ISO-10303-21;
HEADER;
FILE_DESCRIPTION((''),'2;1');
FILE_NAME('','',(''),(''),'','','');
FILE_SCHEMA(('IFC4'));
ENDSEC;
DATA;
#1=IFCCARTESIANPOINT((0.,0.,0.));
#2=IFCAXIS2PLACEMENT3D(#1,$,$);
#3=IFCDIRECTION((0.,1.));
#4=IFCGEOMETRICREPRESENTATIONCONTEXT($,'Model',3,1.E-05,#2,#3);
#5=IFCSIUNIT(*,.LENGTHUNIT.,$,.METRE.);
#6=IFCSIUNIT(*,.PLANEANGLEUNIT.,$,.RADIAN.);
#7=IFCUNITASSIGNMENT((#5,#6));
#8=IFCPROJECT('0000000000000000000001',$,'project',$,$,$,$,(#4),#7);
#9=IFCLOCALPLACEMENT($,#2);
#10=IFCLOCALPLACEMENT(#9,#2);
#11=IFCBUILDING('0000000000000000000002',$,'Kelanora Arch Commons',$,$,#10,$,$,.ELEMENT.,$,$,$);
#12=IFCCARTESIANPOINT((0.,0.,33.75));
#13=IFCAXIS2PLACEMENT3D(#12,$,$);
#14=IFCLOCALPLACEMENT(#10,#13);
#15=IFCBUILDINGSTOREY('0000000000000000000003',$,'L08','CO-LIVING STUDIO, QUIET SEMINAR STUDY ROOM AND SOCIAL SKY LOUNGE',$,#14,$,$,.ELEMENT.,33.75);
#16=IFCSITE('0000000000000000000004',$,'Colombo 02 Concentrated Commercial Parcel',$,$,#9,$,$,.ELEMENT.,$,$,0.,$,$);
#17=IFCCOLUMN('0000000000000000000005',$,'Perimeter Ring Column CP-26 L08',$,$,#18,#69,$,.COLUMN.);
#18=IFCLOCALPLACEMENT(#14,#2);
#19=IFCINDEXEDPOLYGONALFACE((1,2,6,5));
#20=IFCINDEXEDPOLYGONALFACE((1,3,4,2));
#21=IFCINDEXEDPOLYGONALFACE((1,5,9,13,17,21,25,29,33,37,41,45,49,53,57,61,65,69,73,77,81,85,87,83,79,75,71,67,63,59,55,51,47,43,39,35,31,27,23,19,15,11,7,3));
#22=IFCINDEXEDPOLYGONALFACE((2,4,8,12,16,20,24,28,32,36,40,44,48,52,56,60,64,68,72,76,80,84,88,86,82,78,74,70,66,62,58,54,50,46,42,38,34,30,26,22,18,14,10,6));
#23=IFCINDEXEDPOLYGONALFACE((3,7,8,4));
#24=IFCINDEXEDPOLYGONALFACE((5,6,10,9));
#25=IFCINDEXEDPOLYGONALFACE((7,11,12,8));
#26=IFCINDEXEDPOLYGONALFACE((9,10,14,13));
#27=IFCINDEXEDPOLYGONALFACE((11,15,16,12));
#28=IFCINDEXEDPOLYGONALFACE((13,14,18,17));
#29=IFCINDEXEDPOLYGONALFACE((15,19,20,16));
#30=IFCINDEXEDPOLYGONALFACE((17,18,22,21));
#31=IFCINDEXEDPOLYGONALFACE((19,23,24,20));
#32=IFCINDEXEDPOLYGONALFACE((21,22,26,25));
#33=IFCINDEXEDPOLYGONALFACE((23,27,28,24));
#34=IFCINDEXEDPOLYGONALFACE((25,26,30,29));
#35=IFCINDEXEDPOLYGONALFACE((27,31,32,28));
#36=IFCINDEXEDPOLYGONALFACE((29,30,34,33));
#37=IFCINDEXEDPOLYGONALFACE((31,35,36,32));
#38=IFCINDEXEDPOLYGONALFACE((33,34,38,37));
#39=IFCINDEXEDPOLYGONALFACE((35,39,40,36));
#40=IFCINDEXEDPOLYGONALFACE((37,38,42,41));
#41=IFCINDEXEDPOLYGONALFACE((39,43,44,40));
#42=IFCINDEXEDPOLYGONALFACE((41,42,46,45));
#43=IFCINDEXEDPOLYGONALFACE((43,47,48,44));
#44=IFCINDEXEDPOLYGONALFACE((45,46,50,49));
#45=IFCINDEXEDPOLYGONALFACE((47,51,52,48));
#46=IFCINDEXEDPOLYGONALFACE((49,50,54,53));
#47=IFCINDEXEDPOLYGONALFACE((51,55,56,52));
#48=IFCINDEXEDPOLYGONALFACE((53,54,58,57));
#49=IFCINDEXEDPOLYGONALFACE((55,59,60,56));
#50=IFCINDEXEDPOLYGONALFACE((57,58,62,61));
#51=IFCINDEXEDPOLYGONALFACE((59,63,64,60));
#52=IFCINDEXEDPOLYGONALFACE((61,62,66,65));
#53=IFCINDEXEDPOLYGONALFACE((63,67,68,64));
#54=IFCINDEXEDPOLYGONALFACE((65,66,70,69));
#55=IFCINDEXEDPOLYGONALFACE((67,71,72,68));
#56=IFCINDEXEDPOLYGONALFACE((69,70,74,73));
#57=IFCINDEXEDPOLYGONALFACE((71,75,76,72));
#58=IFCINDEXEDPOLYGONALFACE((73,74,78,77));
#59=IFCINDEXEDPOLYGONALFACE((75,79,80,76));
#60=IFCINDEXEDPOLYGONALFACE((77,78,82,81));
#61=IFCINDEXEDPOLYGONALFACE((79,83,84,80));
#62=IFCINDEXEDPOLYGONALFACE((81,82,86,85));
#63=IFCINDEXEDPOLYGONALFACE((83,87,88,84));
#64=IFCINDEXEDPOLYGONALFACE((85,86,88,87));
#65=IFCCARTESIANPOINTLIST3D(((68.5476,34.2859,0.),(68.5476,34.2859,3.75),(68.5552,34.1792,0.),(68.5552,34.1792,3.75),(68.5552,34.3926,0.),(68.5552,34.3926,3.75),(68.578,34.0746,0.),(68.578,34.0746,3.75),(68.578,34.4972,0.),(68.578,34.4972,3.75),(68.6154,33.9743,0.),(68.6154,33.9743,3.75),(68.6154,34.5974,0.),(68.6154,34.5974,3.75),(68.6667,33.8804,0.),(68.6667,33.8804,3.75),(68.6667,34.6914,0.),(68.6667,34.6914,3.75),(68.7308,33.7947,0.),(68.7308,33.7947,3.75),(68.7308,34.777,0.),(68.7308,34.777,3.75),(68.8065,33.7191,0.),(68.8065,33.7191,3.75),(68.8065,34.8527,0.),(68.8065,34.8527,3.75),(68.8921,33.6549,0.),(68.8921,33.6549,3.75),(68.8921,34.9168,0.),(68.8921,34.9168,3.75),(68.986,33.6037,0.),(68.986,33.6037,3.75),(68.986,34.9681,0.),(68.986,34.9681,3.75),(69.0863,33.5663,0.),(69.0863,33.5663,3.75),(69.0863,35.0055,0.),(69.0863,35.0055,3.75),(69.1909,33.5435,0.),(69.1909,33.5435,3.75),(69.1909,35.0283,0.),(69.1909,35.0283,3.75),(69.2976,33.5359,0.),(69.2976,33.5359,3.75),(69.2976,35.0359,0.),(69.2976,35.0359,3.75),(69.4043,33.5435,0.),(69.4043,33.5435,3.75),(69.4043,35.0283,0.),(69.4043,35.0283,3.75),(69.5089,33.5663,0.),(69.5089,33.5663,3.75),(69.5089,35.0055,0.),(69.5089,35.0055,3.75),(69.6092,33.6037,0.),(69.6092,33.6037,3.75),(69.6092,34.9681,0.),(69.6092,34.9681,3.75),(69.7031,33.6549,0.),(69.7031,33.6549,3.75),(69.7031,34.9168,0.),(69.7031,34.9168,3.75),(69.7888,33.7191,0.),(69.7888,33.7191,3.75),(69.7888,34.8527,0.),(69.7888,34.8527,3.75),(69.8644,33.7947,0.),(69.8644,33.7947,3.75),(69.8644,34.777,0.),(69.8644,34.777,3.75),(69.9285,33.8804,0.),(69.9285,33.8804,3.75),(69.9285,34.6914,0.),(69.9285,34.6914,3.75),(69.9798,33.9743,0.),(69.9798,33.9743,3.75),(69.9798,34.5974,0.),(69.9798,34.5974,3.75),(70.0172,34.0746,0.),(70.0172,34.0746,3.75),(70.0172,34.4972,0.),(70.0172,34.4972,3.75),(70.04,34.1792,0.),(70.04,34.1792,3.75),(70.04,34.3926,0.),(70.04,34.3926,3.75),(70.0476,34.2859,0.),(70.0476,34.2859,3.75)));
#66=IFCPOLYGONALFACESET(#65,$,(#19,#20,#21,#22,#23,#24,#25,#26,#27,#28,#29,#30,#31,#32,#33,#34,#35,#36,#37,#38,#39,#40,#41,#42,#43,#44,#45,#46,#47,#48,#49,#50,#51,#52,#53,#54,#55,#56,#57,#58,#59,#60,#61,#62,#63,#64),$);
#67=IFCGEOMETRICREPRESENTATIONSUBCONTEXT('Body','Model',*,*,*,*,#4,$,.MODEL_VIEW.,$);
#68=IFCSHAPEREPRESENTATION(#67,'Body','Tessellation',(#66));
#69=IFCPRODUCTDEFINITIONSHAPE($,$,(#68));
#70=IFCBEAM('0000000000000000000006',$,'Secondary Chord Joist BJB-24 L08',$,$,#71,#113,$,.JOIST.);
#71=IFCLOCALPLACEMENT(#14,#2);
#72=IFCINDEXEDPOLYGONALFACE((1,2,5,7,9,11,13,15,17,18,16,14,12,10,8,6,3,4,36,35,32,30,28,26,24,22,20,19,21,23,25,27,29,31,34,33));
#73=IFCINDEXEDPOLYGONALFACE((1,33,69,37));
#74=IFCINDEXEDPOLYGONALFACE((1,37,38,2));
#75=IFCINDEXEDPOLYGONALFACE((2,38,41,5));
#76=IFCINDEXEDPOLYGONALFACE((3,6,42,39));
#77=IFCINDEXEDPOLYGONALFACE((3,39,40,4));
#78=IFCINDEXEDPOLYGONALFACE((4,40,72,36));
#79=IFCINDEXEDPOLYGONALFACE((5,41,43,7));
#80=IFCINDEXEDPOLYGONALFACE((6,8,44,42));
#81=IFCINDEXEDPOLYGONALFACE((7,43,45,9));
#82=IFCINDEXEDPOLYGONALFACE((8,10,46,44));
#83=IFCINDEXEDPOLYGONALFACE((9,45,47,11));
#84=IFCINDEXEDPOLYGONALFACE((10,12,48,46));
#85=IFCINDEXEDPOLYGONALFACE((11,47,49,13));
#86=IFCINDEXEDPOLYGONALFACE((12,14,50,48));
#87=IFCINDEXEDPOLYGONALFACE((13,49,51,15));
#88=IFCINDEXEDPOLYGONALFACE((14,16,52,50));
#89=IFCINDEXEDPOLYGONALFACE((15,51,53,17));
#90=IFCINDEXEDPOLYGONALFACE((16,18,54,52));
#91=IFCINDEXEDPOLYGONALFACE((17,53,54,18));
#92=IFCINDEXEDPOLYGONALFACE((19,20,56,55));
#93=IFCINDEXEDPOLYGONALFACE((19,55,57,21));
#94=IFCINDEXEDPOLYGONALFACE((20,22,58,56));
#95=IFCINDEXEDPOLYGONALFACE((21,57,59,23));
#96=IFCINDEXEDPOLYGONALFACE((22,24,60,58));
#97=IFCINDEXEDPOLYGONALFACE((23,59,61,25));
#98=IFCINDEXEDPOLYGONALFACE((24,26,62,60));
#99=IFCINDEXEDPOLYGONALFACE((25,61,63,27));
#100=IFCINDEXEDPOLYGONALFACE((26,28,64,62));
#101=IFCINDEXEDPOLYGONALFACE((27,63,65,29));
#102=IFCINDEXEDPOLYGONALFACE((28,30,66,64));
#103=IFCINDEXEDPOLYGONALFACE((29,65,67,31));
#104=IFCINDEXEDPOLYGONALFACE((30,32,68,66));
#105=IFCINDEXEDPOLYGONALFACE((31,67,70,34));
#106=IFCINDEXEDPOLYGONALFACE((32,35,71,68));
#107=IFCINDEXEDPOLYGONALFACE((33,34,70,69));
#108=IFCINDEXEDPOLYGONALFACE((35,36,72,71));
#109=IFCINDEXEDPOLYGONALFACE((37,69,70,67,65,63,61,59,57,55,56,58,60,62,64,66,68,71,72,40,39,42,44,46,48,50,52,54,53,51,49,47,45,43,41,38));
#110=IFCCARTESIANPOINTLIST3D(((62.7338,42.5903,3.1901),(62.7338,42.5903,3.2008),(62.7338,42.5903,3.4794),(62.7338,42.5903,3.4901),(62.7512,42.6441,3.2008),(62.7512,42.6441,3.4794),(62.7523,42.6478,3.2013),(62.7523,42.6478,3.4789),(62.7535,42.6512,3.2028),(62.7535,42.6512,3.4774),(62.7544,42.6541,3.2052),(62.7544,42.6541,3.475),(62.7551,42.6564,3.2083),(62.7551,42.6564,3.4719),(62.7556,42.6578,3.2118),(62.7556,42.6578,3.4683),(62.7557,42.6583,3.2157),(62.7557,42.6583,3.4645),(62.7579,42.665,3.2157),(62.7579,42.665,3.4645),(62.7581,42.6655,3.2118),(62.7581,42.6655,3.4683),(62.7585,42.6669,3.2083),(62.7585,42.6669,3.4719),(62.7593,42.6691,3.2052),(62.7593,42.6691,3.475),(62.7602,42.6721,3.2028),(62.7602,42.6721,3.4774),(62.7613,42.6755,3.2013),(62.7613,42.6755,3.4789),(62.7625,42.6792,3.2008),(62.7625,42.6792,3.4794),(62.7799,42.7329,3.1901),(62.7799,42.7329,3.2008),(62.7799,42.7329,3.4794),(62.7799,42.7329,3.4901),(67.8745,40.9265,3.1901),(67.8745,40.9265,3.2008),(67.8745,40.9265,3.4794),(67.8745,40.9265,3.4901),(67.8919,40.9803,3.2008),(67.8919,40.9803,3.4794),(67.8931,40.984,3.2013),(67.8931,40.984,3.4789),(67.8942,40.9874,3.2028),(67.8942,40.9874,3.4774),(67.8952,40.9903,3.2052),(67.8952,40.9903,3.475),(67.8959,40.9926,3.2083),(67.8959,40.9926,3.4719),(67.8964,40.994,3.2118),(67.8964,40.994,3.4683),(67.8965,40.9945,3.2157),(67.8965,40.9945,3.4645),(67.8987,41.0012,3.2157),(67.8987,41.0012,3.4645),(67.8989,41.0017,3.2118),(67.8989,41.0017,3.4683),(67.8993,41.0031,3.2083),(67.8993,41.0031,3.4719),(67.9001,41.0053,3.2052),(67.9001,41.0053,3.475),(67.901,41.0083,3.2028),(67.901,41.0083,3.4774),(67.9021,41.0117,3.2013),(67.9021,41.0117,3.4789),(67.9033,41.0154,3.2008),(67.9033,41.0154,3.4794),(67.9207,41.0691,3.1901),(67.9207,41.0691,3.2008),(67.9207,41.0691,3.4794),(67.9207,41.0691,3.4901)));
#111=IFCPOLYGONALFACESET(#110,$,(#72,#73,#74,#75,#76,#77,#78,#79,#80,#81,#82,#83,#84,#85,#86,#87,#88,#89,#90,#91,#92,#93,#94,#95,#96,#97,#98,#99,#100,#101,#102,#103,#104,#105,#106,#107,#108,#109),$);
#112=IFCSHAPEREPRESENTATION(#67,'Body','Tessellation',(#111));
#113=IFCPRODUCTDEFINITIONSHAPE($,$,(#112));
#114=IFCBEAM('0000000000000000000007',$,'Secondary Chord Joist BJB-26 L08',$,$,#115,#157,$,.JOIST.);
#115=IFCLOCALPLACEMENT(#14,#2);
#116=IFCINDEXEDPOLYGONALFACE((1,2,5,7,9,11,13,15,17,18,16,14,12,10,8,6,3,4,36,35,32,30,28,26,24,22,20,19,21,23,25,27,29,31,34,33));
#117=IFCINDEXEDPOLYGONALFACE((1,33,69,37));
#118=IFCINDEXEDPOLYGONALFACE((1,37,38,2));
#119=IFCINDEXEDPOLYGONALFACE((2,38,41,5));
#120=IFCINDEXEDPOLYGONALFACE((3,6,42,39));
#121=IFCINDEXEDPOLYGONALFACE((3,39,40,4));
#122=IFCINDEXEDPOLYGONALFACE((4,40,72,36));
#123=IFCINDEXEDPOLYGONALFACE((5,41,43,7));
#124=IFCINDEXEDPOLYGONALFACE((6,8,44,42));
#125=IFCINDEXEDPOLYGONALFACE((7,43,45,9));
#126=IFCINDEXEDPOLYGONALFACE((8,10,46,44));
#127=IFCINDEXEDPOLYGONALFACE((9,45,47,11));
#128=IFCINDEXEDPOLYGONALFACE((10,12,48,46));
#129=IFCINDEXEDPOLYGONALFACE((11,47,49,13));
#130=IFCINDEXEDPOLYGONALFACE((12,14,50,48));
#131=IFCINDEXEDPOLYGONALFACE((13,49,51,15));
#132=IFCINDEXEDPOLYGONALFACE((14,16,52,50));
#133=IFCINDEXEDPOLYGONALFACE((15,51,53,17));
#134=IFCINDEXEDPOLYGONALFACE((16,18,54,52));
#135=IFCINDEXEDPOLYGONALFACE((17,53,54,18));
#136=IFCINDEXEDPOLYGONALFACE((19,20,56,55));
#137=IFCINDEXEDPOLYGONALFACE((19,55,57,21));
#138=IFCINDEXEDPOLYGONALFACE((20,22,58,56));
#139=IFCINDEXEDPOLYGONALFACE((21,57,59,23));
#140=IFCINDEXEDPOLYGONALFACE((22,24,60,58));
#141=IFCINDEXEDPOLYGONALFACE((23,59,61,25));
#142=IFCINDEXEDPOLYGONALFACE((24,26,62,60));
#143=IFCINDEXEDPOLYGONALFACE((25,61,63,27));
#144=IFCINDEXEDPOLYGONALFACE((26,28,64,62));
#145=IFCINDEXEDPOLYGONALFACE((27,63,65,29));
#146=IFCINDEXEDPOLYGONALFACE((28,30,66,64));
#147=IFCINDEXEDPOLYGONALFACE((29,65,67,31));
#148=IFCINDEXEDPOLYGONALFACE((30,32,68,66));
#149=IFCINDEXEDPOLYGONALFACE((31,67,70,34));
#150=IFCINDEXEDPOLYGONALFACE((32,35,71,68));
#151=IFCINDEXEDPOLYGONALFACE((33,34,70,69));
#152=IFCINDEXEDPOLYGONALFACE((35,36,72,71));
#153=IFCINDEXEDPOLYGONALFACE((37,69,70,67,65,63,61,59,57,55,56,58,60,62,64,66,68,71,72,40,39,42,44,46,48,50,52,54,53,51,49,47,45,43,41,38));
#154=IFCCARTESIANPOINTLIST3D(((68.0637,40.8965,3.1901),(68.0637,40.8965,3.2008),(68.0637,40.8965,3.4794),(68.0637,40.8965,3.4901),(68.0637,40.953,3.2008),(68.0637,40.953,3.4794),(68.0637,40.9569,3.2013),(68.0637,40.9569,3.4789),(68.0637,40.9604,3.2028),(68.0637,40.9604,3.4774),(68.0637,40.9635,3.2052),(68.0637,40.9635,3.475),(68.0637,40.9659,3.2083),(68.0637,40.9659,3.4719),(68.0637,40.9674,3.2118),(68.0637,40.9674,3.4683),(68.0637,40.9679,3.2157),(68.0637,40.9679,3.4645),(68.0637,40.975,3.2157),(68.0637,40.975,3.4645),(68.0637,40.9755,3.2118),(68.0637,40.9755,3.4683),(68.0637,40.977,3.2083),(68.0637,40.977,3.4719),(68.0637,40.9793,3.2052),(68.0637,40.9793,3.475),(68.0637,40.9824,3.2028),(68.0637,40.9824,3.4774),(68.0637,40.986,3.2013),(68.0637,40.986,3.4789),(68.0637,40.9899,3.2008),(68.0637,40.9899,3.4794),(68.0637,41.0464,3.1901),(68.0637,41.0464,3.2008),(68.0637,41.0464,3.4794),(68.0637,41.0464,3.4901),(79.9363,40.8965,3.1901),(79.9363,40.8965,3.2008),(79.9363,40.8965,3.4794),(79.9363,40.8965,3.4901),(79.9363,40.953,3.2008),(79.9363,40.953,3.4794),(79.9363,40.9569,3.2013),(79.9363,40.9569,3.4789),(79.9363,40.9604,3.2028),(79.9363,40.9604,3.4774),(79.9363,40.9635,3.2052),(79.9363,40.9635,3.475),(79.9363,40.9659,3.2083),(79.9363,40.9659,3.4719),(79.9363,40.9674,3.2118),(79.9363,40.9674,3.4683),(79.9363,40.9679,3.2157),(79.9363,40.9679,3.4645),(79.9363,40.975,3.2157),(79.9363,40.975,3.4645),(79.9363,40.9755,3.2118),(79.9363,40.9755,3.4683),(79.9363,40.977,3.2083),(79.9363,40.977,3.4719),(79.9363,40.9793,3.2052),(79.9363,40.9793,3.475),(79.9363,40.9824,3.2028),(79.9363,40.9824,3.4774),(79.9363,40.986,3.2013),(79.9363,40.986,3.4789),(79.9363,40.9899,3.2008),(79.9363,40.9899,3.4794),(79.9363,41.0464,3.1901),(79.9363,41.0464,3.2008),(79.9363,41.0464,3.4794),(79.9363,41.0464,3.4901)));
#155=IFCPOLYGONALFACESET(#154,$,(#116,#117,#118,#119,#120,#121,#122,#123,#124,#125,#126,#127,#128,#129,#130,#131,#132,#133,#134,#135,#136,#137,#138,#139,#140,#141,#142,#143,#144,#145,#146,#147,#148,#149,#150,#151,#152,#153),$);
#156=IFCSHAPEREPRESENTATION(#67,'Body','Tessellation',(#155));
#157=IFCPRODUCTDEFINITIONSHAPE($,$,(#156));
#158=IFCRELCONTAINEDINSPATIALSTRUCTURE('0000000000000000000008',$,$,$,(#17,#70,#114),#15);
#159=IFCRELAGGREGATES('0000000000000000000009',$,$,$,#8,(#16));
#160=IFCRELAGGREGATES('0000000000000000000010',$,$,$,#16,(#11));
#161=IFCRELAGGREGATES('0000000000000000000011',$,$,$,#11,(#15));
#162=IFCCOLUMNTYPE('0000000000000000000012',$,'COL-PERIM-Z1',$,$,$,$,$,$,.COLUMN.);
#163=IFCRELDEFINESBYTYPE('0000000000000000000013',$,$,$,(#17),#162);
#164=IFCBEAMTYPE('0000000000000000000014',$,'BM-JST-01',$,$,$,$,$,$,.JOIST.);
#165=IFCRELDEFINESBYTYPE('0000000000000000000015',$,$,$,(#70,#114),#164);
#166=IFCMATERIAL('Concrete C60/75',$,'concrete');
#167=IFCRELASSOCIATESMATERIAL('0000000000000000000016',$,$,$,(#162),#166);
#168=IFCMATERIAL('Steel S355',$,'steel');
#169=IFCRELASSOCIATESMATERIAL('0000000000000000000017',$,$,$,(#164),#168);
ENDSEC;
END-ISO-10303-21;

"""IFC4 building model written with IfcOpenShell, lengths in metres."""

from ifc_helpers import new_model, si_unit, direction, frame, origin, origin_2d, place, context, subcontext, project, spatial, circle, i_section, extrude, material, material_profile, profile_set, type_object, element, save


model = new_model("IFC4")

# Units and contexts
model_context = context("Model", 3, precision=1e-05, world=origin(), true_north=direction((0.0, 1.0)))
body_context = subcontext(model_context, "Body", "Model", "MODEL_VIEW")
ifc_project = project(units=[si_unit("LENGTHUNIT", "METRE"), si_unit("PLANEANGLEUNIT", "RADIAN")], contexts=[model_context])

# Site, building, storey
site_placement = place(None, origin())
site = spatial("IfcSite", under=ifc_project, at=site_placement, Name="Colombo 02 Concentrated Commercial Parcel", CompositionType="ELEMENT", RefElevation=0.0)
building_placement = place(site_placement, origin())
building = spatial("IfcBuilding", under=site, at=building_placement, Name="Kelanora Arch Commons", CompositionType="ELEMENT")
storey_placement = place(building_placement, frame((0.0, 0.0, 33.75)))
storey = spatial("IfcBuildingStorey", under=building, at=storey_placement, Name="L08", Description="CO-LIVING STUDIO, QUIET SEMINAR STUDY ROOM AND SOCIAL SKY LOUNGE", CompositionType="ELEMENT", Elevation=33.75)

# Column
ifc_material_1 = material(Name="Concrete C60/75", Category="concrete")
ifc_material_profile_1 = material_profile(ifc_material_1, circle(Radius=0.75, at=origin_2d()), Name="RCC1500")
ifc_profile_set_1 = profile_set([ifc_material_profile_1], Name="Concrete C60/75")
column_type = type_object("IfcColumnType", Name="COL-PERIM-Z1", PredefinedType="COLUMN", material=ifc_profile_set_1)
column_placement = place(storey_placement, frame((69.2976, 34.2859, 0.0), z_axis=(0.0, 0.0, 1.0), x_axis=(1.0, 0.0, 0.0)))
element("IfcColumn", 1, at=column_placement, inside=storey, type_object=column_type, Name="Perimeter Ring Column CP-26 L08", PredefinedType="COLUMN", context=body_context, shape_type="SweptSolid", body=[
    extrude(circle(Radius=0.75, at=origin_2d()), origin(), (0.0, 0.0, 1.0), 3.75),
])

# Beams
ifc_material_2 = material(Name="Steel S355", Category="steel")
ifc_material_profile_2 = material_profile(ifc_material_2, i_section(OverallWidth=0.1499, OverallDepth=0.3, WebThickness=0.0071, FlangeThickness=0.0107, FilletRadius=0.0149, at=origin_2d()), Name="IPE300")
ifc_profile_set_2 = profile_set([ifc_material_profile_2], Name="Steel S355")
beam_type_1 = type_object("IfcBeamType", Name="BM-JST-01", PredefinedType="JOIST", material=ifc_profile_set_2)
beam_1_placement = place(storey_placement, frame((62.7568, 42.6616, 3.3401), z_axis=(0.951412, -0.30792, 0.0), x_axis=(0.30792, 0.951412, 0.0)))
element("IfcBeam", 2, at=beam_1_placement, inside=storey, type_object=beam_type_1, Name="Secondary Chord Joist BJB-24 L08", PredefinedType="JOIST", context=body_context, shape_type="SweptSolid", body=[
    extrude(i_section(OverallWidth=0.1499, OverallDepth=0.3, WebThickness=0.0071, FlangeThickness=0.0107, FilletRadius=0.0149, at=origin_2d()), origin(), (0.0, 0.0, 1.0), 5.4033),
])
beam_2_placement = place(storey_placement, frame((68.0637, 40.9714, 3.3401), z_axis=(1.0, 0.0, 0.0), x_axis=(0.0, 1.0, 0.0)))
element("IfcBeam", 3, at=beam_2_placement, inside=storey, type_object=beam_type_1, Name="Secondary Chord Joist BJB-26 L08", PredefinedType="JOIST", context=body_context, shape_type="SweptSolid", body=[
    extrude(i_section(OverallWidth=0.1499, OverallDepth=0.3, WebThickness=0.0071, FlangeThickness=0.0107, FilletRadius=0.0149, at=origin_2d()), origin(), (0.0, 0.0, 1.0), 11.8726),
])

save(model, "model.ifc")
